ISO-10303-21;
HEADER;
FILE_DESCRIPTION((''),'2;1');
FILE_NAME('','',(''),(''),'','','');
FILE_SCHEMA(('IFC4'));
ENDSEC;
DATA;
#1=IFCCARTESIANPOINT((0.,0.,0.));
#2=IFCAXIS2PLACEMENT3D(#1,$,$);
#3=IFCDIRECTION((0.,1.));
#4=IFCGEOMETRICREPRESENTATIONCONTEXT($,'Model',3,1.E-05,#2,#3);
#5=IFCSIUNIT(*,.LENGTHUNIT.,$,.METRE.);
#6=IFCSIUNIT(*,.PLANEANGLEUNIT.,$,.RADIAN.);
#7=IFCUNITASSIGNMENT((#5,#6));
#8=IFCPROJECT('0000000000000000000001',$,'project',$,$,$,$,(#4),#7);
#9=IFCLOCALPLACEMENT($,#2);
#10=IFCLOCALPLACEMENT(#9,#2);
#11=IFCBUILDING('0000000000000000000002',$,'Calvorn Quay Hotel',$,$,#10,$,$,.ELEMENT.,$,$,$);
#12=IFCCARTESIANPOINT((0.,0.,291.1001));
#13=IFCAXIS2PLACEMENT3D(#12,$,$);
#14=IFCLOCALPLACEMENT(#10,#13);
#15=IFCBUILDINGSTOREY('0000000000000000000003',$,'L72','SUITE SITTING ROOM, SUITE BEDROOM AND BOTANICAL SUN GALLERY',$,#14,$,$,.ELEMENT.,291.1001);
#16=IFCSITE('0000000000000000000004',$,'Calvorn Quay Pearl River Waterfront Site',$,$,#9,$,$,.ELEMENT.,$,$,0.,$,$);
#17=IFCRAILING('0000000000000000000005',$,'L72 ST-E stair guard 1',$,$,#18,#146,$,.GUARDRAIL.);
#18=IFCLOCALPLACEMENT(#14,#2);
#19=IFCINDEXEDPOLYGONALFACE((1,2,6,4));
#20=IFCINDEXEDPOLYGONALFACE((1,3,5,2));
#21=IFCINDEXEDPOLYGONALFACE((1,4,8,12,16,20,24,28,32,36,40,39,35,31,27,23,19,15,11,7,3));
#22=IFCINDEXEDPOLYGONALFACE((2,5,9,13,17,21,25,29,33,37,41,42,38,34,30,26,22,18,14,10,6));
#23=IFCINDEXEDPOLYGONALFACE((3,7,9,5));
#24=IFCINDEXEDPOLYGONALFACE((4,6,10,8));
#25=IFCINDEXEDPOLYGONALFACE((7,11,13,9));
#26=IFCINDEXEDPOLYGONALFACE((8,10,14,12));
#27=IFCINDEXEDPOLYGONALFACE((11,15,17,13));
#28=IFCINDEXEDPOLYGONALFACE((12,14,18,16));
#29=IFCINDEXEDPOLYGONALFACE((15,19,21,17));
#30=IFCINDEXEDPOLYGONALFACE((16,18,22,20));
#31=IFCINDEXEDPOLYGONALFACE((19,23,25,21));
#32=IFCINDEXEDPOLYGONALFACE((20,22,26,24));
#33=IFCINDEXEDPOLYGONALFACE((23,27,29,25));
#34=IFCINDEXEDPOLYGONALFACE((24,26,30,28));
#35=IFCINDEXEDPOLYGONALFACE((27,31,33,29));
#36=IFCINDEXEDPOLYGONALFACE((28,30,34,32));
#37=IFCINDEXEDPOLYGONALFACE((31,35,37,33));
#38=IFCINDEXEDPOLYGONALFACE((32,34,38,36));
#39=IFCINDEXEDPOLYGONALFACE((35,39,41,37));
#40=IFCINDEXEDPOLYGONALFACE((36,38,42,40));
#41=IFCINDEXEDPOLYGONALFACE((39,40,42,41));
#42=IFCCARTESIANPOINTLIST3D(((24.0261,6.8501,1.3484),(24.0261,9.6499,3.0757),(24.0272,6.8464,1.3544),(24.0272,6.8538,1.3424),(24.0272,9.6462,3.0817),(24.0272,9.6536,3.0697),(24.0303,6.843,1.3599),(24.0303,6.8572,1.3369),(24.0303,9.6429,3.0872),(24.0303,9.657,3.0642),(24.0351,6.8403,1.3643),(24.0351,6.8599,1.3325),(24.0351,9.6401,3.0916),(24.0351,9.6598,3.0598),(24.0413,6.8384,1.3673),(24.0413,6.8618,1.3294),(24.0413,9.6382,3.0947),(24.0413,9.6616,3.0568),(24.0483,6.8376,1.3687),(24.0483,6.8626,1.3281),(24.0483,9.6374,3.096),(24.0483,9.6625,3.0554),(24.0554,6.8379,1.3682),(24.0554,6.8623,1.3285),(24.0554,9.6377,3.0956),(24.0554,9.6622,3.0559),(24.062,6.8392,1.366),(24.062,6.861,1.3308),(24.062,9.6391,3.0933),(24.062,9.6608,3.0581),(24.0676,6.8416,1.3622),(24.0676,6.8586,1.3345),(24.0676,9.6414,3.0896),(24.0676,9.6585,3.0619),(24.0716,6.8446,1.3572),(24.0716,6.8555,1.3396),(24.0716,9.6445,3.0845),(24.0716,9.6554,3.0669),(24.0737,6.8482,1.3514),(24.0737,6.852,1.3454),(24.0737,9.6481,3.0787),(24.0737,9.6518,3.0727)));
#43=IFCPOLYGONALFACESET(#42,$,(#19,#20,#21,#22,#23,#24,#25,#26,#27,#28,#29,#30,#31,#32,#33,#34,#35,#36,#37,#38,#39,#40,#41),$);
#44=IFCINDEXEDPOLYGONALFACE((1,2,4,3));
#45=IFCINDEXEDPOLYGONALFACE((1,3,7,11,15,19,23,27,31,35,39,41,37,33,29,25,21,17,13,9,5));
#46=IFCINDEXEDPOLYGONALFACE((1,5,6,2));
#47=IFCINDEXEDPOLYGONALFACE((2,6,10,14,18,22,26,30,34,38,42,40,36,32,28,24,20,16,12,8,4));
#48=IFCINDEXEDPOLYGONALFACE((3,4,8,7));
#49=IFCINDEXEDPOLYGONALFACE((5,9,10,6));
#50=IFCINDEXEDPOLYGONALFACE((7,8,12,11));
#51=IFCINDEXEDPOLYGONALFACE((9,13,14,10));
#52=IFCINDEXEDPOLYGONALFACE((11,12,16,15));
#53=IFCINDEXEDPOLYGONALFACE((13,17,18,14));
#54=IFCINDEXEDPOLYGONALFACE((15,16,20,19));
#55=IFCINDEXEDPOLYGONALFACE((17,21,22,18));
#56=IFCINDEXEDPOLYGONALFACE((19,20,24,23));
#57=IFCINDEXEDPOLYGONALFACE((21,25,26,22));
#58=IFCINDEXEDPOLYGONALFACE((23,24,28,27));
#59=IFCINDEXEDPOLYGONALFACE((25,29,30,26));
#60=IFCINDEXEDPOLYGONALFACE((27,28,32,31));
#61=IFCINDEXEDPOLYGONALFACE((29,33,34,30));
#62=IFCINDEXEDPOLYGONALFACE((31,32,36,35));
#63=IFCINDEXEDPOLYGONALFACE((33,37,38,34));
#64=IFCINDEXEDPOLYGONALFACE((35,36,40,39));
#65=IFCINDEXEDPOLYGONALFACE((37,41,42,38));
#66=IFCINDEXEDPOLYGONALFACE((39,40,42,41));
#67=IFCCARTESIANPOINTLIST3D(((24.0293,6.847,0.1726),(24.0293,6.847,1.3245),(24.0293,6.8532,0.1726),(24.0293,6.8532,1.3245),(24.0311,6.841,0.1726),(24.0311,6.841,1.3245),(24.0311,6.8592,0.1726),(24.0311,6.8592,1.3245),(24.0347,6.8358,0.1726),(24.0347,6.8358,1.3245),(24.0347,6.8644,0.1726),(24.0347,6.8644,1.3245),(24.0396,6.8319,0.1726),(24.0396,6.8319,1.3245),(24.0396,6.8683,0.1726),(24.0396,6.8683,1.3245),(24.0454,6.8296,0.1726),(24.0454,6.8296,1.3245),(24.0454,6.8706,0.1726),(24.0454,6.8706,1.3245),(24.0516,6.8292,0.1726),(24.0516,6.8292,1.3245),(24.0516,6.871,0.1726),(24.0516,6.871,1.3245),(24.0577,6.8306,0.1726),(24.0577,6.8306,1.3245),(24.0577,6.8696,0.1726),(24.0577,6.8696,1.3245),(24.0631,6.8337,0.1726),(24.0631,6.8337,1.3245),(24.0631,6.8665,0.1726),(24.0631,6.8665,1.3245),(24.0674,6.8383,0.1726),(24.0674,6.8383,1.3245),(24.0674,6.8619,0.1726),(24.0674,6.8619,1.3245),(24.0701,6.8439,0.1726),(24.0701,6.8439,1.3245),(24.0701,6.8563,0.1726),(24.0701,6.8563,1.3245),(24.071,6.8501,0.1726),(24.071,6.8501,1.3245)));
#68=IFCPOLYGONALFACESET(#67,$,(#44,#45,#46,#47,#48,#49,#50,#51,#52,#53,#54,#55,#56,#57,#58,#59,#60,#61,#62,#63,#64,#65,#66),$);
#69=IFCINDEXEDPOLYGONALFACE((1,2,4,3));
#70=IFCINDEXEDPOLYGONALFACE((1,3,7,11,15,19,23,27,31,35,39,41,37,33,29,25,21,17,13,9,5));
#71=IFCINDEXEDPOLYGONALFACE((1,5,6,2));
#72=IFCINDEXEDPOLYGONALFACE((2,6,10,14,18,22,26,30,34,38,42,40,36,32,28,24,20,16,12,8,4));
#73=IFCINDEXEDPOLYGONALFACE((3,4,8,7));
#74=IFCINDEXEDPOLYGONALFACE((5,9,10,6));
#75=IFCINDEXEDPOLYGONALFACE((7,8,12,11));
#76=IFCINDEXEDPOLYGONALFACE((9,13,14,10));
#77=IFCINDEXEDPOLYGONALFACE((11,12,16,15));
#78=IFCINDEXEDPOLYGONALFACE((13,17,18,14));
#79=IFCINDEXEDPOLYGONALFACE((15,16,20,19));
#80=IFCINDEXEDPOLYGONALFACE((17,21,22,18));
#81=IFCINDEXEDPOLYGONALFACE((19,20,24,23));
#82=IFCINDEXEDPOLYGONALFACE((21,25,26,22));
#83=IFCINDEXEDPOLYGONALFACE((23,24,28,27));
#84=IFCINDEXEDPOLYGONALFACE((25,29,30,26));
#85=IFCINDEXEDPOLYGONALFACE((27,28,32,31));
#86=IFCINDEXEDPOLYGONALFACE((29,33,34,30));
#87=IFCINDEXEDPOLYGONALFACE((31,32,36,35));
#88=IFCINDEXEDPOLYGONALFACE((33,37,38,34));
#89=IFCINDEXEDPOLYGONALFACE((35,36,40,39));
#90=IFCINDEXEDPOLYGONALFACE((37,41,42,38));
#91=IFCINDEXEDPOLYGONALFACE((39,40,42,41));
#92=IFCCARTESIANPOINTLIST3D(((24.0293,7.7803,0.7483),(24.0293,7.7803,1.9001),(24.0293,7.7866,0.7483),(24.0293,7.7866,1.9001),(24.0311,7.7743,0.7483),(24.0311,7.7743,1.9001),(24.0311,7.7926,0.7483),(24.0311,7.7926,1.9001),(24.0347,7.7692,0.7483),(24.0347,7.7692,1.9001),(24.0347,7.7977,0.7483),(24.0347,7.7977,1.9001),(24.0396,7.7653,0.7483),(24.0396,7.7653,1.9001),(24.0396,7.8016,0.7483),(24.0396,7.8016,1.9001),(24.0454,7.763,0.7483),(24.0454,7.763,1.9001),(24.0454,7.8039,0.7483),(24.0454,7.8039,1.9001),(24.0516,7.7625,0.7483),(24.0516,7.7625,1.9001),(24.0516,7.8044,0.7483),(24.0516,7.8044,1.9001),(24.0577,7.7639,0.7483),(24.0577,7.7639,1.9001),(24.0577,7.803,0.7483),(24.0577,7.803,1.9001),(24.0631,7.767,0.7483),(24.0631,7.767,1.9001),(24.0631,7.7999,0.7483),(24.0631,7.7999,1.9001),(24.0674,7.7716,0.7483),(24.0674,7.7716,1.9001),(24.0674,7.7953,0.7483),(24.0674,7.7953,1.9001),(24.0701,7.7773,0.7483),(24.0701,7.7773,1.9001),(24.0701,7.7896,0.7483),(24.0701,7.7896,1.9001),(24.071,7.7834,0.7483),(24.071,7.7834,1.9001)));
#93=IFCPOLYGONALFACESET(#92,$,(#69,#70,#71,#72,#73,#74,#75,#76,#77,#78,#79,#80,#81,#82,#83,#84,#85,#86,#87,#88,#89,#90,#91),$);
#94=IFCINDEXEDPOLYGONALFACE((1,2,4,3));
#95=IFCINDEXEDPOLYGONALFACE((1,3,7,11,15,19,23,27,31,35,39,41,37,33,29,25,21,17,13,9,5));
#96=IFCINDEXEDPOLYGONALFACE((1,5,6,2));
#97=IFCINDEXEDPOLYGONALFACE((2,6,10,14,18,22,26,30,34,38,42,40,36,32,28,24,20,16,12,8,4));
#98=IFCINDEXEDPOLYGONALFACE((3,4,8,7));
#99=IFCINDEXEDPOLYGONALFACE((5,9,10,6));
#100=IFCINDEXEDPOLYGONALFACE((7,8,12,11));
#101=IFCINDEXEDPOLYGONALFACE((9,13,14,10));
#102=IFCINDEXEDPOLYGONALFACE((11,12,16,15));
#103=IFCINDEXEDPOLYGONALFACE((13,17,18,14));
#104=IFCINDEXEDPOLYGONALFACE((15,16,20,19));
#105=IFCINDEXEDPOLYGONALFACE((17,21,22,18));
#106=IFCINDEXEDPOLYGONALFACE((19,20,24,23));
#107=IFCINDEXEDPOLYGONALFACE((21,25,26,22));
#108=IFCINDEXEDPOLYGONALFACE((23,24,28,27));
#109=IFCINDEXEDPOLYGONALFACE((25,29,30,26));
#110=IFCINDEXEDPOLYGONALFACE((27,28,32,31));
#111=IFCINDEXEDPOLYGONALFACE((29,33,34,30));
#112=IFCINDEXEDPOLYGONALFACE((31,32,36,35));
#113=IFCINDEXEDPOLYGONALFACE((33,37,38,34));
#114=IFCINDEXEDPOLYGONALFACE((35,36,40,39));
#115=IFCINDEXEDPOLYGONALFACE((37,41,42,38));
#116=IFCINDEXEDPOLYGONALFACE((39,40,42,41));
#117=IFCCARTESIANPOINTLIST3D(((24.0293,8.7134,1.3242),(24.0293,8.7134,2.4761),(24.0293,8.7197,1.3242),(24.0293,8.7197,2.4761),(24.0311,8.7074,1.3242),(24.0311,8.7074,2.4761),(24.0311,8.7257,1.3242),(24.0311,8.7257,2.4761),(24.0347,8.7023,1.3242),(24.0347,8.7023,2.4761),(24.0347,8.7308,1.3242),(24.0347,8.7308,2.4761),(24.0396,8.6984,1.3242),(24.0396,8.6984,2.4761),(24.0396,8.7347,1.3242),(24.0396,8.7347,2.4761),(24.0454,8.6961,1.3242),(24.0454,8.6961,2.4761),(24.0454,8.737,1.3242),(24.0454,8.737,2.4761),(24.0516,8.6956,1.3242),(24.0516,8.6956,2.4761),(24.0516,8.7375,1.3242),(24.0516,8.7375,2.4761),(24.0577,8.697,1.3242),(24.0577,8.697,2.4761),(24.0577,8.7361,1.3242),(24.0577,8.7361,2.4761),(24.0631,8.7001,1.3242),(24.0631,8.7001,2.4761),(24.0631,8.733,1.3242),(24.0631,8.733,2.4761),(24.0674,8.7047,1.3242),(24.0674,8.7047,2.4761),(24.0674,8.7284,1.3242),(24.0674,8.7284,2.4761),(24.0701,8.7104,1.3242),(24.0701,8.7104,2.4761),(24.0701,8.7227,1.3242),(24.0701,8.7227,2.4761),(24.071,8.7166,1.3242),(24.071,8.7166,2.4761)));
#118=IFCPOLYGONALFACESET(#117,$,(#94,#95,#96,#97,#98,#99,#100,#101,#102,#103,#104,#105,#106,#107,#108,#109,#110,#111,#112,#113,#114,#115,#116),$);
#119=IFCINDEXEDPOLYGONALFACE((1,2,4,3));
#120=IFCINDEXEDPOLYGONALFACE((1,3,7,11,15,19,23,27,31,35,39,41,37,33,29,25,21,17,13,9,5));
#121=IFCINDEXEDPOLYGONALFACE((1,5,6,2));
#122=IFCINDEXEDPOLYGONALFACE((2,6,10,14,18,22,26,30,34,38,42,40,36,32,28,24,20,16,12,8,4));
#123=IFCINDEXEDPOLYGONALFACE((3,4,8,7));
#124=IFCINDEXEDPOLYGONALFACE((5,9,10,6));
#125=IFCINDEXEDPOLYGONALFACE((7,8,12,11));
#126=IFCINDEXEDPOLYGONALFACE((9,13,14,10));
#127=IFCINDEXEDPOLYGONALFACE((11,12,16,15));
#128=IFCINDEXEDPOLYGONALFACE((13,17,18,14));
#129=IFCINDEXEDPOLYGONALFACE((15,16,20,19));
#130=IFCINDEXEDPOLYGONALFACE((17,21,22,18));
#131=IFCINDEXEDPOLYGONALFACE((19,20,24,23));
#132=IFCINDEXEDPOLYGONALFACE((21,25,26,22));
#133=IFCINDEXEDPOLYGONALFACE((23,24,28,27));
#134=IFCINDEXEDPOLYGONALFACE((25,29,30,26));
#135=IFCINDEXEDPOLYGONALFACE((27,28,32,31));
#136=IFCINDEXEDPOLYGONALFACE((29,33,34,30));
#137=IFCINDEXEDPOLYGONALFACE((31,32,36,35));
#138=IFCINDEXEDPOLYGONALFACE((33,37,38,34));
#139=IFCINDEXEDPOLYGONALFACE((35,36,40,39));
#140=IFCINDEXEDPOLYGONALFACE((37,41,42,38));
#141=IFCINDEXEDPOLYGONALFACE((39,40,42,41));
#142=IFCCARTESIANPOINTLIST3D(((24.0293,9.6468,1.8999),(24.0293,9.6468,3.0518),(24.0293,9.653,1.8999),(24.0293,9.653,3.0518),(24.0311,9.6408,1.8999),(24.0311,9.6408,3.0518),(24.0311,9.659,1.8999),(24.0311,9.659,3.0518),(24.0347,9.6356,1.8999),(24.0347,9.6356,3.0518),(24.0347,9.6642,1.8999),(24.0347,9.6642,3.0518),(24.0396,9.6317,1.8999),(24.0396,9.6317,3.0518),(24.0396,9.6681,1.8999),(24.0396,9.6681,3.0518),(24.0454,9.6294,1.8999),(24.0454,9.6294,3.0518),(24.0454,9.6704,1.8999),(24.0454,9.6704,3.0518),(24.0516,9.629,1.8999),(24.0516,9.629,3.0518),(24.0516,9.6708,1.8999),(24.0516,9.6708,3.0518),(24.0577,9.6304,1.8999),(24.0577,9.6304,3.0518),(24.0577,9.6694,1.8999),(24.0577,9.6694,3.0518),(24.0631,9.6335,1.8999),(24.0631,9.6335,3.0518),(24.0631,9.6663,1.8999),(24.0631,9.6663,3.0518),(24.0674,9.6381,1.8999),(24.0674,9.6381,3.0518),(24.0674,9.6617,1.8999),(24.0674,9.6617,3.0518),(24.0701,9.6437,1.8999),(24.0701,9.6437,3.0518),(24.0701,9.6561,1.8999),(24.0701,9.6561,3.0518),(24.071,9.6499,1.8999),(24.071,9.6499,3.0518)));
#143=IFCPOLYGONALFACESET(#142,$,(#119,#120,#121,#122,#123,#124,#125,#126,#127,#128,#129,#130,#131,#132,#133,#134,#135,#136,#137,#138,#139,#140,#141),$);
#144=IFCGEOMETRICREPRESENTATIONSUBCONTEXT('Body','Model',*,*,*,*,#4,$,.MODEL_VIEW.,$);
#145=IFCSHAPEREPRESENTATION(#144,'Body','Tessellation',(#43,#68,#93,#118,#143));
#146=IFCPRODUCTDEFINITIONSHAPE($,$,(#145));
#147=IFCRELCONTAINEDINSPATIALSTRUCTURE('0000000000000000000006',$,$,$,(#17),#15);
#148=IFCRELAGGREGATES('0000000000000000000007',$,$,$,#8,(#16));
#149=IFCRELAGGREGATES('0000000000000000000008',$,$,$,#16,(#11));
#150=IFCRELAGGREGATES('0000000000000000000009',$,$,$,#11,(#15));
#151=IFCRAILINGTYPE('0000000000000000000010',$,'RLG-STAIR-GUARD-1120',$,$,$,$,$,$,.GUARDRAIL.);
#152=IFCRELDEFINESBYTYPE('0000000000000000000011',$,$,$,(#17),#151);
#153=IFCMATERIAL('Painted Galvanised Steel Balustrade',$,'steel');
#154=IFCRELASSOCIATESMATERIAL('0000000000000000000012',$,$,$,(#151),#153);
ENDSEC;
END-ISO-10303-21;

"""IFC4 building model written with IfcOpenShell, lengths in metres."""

from ifc_helpers import new_model, si_unit, direction, frame, origin, origin_2d, place, context, subcontext, project, spatial, circle, extrude, material, type_object, element, save


model = new_model("IFC4")

# Units and contexts
model_context = context("Model", 3, precision=1e-05, world=origin(), true_north=direction((0.0, 1.0)))
body_context = subcontext(model_context, "Body", "Model", "MODEL_VIEW")
ifc_project = project(units=[si_unit("LENGTHUNIT", "METRE"), si_unit("PLANEANGLEUNIT", "RADIAN")], contexts=[model_context])

# Site, building, storey
site_placement = place(None, origin())
site = spatial("IfcSite", under=ifc_project, at=site_placement, Name="Calvorn Quay Pearl River Waterfront Site", CompositionType="ELEMENT", RefElevation=0.0)
building_placement = place(site_placement, origin())
building = spatial("IfcBuilding", under=site, at=building_placement, Name="Calvorn Quay Hotel", CompositionType="ELEMENT")
storey_placement = place(building_placement, frame((0.0, 0.0, 291.1001)))
storey = spatial("IfcBuildingStorey", under=building, at=storey_placement, Name="L72", Description="SUITE SITTING ROOM, SUITE BEDROOM AND BOTANICAL SUN GALLERY", CompositionType="ELEMENT", Elevation=291.1001)

# Railing
ifc_material_1 = material(Name="Painted Galvanised Steel Balustrade", Category="steel")
railing_type_1 = type_object("IfcRailingType", Name="RLG-STAIR-GUARD-1120", PredefinedType="GUARDRAIL", material=ifc_material_1)
railing_1_placement = place(storey_placement, frame((24.05, 6.8501, 0.1726)))
element("IfcRailing", 1, at=railing_1_placement, inside=storey, type_object=railing_type_1, Name="L72 ST-E stair guard 1", PredefinedType="GUARDRAIL", context=body_context, shape_type="SweptSolid", body=[
    extrude(circle(Radius=0.0239, at=origin_2d()), frame((0.0, 0.0, 1.1758), z_axis=(0.0, 0.851069, 0.525054), x_axis=(-1.0, 0.0, 0.0)), (0.0, 0.0, 1.0), 3.2898),
    extrude(circle(Radius=0.021, at=origin_2d()), origin(), (0.0, 0.0, 1.0), 1.1519),
    extrude(circle(Radius=0.021, at=origin_2d()), frame((0.0, 0.9333, 0.5757)), (0.0, 0.0, 1.0), 1.1519),
    extrude(circle(Radius=0.021, at=origin_2d()), frame((0.0, 1.8665, 1.1516)), (0.0, 0.0, 1.0), 1.1519),
    extrude(circle(Radius=0.021, at=origin_2d()), frame((0.0, 2.7998, 1.7273)), (0.0, 0.0, 1.0), 1.1519),
])

save(model, "model.ifc")
